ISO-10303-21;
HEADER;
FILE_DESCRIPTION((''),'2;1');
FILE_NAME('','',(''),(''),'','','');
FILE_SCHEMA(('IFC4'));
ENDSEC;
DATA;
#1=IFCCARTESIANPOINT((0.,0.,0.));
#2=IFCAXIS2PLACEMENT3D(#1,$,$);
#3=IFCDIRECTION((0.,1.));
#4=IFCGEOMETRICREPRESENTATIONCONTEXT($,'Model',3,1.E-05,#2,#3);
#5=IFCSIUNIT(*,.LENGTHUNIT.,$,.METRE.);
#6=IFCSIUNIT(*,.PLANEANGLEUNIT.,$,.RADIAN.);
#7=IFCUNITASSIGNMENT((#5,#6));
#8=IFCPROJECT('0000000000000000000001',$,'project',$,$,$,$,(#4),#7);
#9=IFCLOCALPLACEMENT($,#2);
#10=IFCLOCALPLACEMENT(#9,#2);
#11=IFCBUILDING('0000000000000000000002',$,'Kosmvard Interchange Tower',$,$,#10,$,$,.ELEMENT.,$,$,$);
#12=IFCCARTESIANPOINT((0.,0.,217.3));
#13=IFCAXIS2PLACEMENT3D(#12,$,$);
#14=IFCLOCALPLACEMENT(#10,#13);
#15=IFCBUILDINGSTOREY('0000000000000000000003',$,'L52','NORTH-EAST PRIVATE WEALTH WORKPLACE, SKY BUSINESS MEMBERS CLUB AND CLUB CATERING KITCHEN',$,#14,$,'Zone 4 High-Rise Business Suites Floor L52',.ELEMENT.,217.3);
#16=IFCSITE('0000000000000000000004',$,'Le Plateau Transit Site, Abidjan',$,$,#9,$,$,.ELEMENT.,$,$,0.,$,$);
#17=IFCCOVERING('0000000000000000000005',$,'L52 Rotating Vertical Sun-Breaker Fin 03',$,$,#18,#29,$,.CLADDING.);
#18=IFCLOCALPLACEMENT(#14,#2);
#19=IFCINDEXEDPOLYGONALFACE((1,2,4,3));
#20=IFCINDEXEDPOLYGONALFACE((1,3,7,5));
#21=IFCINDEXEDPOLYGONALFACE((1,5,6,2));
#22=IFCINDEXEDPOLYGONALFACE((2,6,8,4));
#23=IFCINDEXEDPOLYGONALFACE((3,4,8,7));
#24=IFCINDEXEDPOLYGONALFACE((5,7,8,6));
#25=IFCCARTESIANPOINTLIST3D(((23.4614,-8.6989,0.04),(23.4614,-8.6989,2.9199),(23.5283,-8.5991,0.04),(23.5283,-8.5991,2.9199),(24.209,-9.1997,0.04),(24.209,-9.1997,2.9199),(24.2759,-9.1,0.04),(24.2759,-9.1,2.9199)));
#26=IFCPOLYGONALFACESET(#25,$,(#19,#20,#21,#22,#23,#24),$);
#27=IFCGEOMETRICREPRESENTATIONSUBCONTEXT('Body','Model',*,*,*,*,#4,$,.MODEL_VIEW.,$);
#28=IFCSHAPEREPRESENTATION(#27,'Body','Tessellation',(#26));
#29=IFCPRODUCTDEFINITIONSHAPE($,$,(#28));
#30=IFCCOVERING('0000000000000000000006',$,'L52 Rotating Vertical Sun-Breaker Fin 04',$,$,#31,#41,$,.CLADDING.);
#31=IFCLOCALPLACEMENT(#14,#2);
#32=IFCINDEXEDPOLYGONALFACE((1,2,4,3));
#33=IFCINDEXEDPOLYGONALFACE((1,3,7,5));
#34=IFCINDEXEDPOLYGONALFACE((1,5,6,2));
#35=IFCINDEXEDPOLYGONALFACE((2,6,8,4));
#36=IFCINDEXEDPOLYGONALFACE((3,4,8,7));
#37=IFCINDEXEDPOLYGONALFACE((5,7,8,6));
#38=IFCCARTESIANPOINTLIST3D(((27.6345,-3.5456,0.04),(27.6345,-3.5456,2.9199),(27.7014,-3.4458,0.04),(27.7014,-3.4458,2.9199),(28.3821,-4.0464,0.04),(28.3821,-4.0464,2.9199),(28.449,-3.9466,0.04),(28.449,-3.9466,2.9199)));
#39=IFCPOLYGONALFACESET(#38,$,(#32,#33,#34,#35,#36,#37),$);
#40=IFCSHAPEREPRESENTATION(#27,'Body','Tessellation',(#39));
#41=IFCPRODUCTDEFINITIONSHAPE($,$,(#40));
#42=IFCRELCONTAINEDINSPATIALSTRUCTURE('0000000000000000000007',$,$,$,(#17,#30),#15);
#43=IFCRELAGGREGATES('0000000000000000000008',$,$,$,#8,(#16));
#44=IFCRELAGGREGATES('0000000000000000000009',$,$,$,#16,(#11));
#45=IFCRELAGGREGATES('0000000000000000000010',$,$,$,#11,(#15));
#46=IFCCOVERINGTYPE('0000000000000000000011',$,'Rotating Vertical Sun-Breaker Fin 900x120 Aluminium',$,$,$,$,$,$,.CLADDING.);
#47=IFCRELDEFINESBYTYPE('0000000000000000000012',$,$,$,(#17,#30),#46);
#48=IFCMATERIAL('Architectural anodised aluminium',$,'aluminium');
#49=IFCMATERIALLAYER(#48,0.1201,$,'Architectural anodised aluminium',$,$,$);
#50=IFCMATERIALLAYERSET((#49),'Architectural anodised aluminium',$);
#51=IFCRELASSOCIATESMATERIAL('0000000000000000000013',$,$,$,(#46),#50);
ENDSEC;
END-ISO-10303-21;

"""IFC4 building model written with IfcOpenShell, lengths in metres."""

from ifc_helpers import new_model, si_unit, direction, frame, origin, origin_2d, place, context, subcontext, project, spatial, rectangle, extrude, source, transform, mapped, material, layer, layer_set, type_object, element, save


model = new_model("IFC4")

# Units and contexts
model_context = context("Model", 3, precision=1e-05, world=origin(), true_north=direction((0.0, 1.0)))
body_context = subcontext(model_context, "Body", "Model", "MODEL_VIEW")
ifc_project = project(units=[si_unit("LENGTHUNIT", "METRE"), si_unit("PLANEANGLEUNIT", "RADIAN")], contexts=[model_context])

# Site, building, storey
site_placement = place(None, origin())
site = spatial("IfcSite", under=ifc_project, at=site_placement, Name="Le Plateau Transit Site, Abidjan", CompositionType="ELEMENT", RefElevation=0.0)
building_placement = place(site_placement, origin())
building = spatial("IfcBuilding", under=site, at=building_placement, Name="Kosmvard Interchange Tower", CompositionType="ELEMENT")
storey_placement = place(building_placement, frame((0.0, 0.0, 217.3)))
storey = spatial("IfcBuildingStorey", under=building, at=storey_placement, Name="L52", Description="NORTH-EAST PRIVATE WEALTH WORKPLACE, SKY BUSINESS MEMBERS CLUB AND CLUB CATERING KITCHEN", LongName="Zone 4 High-Rise Business Suites Floor L52", CompositionType="ELEMENT", Elevation=217.3)

# Coverings
ifc_material_1 = material(Name="Architectural anodised aluminium", Category="aluminium")
ifc_layer_1 = layer(ifc_material_1, 0.1201, Name="Architectural anodised aluminium")
ifc_layer_set_1 = layer_set([ifc_layer_1], Name="Architectural anodised aluminium")
covering_type = type_object("IfcCoveringType", Name="Rotating Vertical Sun-Breaker Fin 900x120 Aluminium", PredefinedType="CLADDING", material=ifc_layer_set_1)
shared_shape_1 = source(origin(), body_context, "Body", "SweptSolid", [
    extrude(rectangle(XDim=0.8999, YDim=0.1201, at=origin_2d()), origin(), (0.0, 0.0, 1.0), 2.8799),
])
for number, where, z_axis, x_axis, name in (
    (1, (23.8687, -8.8994, 0.04), (0.0, 0.0, 1.0), (0.83079, -0.556586, 0.0), "L52 Rotating Vertical Sun-Breaker Fin 03"),
    (2, (28.0417, -3.7461, 0.04), (0.0, 0.0, 1.0), (0.83079, -0.556586, 0.0), "L52 Rotating Vertical Sun-Breaker Fin 04"),
):
    element("IfcCovering", number, at=place(storey_placement, frame(where, z_axis=z_axis, x_axis=x_axis)), inside=storey, type_object=covering_type, Name=name, PredefinedType="CLADDING", context=body_context, shape_type="MappedRepresentation", body=[
        mapped(shared_shape_1, transform((0.0, 0.0, 0.0), scale=1.0)),
    ])

save(model, "model.ifc")
